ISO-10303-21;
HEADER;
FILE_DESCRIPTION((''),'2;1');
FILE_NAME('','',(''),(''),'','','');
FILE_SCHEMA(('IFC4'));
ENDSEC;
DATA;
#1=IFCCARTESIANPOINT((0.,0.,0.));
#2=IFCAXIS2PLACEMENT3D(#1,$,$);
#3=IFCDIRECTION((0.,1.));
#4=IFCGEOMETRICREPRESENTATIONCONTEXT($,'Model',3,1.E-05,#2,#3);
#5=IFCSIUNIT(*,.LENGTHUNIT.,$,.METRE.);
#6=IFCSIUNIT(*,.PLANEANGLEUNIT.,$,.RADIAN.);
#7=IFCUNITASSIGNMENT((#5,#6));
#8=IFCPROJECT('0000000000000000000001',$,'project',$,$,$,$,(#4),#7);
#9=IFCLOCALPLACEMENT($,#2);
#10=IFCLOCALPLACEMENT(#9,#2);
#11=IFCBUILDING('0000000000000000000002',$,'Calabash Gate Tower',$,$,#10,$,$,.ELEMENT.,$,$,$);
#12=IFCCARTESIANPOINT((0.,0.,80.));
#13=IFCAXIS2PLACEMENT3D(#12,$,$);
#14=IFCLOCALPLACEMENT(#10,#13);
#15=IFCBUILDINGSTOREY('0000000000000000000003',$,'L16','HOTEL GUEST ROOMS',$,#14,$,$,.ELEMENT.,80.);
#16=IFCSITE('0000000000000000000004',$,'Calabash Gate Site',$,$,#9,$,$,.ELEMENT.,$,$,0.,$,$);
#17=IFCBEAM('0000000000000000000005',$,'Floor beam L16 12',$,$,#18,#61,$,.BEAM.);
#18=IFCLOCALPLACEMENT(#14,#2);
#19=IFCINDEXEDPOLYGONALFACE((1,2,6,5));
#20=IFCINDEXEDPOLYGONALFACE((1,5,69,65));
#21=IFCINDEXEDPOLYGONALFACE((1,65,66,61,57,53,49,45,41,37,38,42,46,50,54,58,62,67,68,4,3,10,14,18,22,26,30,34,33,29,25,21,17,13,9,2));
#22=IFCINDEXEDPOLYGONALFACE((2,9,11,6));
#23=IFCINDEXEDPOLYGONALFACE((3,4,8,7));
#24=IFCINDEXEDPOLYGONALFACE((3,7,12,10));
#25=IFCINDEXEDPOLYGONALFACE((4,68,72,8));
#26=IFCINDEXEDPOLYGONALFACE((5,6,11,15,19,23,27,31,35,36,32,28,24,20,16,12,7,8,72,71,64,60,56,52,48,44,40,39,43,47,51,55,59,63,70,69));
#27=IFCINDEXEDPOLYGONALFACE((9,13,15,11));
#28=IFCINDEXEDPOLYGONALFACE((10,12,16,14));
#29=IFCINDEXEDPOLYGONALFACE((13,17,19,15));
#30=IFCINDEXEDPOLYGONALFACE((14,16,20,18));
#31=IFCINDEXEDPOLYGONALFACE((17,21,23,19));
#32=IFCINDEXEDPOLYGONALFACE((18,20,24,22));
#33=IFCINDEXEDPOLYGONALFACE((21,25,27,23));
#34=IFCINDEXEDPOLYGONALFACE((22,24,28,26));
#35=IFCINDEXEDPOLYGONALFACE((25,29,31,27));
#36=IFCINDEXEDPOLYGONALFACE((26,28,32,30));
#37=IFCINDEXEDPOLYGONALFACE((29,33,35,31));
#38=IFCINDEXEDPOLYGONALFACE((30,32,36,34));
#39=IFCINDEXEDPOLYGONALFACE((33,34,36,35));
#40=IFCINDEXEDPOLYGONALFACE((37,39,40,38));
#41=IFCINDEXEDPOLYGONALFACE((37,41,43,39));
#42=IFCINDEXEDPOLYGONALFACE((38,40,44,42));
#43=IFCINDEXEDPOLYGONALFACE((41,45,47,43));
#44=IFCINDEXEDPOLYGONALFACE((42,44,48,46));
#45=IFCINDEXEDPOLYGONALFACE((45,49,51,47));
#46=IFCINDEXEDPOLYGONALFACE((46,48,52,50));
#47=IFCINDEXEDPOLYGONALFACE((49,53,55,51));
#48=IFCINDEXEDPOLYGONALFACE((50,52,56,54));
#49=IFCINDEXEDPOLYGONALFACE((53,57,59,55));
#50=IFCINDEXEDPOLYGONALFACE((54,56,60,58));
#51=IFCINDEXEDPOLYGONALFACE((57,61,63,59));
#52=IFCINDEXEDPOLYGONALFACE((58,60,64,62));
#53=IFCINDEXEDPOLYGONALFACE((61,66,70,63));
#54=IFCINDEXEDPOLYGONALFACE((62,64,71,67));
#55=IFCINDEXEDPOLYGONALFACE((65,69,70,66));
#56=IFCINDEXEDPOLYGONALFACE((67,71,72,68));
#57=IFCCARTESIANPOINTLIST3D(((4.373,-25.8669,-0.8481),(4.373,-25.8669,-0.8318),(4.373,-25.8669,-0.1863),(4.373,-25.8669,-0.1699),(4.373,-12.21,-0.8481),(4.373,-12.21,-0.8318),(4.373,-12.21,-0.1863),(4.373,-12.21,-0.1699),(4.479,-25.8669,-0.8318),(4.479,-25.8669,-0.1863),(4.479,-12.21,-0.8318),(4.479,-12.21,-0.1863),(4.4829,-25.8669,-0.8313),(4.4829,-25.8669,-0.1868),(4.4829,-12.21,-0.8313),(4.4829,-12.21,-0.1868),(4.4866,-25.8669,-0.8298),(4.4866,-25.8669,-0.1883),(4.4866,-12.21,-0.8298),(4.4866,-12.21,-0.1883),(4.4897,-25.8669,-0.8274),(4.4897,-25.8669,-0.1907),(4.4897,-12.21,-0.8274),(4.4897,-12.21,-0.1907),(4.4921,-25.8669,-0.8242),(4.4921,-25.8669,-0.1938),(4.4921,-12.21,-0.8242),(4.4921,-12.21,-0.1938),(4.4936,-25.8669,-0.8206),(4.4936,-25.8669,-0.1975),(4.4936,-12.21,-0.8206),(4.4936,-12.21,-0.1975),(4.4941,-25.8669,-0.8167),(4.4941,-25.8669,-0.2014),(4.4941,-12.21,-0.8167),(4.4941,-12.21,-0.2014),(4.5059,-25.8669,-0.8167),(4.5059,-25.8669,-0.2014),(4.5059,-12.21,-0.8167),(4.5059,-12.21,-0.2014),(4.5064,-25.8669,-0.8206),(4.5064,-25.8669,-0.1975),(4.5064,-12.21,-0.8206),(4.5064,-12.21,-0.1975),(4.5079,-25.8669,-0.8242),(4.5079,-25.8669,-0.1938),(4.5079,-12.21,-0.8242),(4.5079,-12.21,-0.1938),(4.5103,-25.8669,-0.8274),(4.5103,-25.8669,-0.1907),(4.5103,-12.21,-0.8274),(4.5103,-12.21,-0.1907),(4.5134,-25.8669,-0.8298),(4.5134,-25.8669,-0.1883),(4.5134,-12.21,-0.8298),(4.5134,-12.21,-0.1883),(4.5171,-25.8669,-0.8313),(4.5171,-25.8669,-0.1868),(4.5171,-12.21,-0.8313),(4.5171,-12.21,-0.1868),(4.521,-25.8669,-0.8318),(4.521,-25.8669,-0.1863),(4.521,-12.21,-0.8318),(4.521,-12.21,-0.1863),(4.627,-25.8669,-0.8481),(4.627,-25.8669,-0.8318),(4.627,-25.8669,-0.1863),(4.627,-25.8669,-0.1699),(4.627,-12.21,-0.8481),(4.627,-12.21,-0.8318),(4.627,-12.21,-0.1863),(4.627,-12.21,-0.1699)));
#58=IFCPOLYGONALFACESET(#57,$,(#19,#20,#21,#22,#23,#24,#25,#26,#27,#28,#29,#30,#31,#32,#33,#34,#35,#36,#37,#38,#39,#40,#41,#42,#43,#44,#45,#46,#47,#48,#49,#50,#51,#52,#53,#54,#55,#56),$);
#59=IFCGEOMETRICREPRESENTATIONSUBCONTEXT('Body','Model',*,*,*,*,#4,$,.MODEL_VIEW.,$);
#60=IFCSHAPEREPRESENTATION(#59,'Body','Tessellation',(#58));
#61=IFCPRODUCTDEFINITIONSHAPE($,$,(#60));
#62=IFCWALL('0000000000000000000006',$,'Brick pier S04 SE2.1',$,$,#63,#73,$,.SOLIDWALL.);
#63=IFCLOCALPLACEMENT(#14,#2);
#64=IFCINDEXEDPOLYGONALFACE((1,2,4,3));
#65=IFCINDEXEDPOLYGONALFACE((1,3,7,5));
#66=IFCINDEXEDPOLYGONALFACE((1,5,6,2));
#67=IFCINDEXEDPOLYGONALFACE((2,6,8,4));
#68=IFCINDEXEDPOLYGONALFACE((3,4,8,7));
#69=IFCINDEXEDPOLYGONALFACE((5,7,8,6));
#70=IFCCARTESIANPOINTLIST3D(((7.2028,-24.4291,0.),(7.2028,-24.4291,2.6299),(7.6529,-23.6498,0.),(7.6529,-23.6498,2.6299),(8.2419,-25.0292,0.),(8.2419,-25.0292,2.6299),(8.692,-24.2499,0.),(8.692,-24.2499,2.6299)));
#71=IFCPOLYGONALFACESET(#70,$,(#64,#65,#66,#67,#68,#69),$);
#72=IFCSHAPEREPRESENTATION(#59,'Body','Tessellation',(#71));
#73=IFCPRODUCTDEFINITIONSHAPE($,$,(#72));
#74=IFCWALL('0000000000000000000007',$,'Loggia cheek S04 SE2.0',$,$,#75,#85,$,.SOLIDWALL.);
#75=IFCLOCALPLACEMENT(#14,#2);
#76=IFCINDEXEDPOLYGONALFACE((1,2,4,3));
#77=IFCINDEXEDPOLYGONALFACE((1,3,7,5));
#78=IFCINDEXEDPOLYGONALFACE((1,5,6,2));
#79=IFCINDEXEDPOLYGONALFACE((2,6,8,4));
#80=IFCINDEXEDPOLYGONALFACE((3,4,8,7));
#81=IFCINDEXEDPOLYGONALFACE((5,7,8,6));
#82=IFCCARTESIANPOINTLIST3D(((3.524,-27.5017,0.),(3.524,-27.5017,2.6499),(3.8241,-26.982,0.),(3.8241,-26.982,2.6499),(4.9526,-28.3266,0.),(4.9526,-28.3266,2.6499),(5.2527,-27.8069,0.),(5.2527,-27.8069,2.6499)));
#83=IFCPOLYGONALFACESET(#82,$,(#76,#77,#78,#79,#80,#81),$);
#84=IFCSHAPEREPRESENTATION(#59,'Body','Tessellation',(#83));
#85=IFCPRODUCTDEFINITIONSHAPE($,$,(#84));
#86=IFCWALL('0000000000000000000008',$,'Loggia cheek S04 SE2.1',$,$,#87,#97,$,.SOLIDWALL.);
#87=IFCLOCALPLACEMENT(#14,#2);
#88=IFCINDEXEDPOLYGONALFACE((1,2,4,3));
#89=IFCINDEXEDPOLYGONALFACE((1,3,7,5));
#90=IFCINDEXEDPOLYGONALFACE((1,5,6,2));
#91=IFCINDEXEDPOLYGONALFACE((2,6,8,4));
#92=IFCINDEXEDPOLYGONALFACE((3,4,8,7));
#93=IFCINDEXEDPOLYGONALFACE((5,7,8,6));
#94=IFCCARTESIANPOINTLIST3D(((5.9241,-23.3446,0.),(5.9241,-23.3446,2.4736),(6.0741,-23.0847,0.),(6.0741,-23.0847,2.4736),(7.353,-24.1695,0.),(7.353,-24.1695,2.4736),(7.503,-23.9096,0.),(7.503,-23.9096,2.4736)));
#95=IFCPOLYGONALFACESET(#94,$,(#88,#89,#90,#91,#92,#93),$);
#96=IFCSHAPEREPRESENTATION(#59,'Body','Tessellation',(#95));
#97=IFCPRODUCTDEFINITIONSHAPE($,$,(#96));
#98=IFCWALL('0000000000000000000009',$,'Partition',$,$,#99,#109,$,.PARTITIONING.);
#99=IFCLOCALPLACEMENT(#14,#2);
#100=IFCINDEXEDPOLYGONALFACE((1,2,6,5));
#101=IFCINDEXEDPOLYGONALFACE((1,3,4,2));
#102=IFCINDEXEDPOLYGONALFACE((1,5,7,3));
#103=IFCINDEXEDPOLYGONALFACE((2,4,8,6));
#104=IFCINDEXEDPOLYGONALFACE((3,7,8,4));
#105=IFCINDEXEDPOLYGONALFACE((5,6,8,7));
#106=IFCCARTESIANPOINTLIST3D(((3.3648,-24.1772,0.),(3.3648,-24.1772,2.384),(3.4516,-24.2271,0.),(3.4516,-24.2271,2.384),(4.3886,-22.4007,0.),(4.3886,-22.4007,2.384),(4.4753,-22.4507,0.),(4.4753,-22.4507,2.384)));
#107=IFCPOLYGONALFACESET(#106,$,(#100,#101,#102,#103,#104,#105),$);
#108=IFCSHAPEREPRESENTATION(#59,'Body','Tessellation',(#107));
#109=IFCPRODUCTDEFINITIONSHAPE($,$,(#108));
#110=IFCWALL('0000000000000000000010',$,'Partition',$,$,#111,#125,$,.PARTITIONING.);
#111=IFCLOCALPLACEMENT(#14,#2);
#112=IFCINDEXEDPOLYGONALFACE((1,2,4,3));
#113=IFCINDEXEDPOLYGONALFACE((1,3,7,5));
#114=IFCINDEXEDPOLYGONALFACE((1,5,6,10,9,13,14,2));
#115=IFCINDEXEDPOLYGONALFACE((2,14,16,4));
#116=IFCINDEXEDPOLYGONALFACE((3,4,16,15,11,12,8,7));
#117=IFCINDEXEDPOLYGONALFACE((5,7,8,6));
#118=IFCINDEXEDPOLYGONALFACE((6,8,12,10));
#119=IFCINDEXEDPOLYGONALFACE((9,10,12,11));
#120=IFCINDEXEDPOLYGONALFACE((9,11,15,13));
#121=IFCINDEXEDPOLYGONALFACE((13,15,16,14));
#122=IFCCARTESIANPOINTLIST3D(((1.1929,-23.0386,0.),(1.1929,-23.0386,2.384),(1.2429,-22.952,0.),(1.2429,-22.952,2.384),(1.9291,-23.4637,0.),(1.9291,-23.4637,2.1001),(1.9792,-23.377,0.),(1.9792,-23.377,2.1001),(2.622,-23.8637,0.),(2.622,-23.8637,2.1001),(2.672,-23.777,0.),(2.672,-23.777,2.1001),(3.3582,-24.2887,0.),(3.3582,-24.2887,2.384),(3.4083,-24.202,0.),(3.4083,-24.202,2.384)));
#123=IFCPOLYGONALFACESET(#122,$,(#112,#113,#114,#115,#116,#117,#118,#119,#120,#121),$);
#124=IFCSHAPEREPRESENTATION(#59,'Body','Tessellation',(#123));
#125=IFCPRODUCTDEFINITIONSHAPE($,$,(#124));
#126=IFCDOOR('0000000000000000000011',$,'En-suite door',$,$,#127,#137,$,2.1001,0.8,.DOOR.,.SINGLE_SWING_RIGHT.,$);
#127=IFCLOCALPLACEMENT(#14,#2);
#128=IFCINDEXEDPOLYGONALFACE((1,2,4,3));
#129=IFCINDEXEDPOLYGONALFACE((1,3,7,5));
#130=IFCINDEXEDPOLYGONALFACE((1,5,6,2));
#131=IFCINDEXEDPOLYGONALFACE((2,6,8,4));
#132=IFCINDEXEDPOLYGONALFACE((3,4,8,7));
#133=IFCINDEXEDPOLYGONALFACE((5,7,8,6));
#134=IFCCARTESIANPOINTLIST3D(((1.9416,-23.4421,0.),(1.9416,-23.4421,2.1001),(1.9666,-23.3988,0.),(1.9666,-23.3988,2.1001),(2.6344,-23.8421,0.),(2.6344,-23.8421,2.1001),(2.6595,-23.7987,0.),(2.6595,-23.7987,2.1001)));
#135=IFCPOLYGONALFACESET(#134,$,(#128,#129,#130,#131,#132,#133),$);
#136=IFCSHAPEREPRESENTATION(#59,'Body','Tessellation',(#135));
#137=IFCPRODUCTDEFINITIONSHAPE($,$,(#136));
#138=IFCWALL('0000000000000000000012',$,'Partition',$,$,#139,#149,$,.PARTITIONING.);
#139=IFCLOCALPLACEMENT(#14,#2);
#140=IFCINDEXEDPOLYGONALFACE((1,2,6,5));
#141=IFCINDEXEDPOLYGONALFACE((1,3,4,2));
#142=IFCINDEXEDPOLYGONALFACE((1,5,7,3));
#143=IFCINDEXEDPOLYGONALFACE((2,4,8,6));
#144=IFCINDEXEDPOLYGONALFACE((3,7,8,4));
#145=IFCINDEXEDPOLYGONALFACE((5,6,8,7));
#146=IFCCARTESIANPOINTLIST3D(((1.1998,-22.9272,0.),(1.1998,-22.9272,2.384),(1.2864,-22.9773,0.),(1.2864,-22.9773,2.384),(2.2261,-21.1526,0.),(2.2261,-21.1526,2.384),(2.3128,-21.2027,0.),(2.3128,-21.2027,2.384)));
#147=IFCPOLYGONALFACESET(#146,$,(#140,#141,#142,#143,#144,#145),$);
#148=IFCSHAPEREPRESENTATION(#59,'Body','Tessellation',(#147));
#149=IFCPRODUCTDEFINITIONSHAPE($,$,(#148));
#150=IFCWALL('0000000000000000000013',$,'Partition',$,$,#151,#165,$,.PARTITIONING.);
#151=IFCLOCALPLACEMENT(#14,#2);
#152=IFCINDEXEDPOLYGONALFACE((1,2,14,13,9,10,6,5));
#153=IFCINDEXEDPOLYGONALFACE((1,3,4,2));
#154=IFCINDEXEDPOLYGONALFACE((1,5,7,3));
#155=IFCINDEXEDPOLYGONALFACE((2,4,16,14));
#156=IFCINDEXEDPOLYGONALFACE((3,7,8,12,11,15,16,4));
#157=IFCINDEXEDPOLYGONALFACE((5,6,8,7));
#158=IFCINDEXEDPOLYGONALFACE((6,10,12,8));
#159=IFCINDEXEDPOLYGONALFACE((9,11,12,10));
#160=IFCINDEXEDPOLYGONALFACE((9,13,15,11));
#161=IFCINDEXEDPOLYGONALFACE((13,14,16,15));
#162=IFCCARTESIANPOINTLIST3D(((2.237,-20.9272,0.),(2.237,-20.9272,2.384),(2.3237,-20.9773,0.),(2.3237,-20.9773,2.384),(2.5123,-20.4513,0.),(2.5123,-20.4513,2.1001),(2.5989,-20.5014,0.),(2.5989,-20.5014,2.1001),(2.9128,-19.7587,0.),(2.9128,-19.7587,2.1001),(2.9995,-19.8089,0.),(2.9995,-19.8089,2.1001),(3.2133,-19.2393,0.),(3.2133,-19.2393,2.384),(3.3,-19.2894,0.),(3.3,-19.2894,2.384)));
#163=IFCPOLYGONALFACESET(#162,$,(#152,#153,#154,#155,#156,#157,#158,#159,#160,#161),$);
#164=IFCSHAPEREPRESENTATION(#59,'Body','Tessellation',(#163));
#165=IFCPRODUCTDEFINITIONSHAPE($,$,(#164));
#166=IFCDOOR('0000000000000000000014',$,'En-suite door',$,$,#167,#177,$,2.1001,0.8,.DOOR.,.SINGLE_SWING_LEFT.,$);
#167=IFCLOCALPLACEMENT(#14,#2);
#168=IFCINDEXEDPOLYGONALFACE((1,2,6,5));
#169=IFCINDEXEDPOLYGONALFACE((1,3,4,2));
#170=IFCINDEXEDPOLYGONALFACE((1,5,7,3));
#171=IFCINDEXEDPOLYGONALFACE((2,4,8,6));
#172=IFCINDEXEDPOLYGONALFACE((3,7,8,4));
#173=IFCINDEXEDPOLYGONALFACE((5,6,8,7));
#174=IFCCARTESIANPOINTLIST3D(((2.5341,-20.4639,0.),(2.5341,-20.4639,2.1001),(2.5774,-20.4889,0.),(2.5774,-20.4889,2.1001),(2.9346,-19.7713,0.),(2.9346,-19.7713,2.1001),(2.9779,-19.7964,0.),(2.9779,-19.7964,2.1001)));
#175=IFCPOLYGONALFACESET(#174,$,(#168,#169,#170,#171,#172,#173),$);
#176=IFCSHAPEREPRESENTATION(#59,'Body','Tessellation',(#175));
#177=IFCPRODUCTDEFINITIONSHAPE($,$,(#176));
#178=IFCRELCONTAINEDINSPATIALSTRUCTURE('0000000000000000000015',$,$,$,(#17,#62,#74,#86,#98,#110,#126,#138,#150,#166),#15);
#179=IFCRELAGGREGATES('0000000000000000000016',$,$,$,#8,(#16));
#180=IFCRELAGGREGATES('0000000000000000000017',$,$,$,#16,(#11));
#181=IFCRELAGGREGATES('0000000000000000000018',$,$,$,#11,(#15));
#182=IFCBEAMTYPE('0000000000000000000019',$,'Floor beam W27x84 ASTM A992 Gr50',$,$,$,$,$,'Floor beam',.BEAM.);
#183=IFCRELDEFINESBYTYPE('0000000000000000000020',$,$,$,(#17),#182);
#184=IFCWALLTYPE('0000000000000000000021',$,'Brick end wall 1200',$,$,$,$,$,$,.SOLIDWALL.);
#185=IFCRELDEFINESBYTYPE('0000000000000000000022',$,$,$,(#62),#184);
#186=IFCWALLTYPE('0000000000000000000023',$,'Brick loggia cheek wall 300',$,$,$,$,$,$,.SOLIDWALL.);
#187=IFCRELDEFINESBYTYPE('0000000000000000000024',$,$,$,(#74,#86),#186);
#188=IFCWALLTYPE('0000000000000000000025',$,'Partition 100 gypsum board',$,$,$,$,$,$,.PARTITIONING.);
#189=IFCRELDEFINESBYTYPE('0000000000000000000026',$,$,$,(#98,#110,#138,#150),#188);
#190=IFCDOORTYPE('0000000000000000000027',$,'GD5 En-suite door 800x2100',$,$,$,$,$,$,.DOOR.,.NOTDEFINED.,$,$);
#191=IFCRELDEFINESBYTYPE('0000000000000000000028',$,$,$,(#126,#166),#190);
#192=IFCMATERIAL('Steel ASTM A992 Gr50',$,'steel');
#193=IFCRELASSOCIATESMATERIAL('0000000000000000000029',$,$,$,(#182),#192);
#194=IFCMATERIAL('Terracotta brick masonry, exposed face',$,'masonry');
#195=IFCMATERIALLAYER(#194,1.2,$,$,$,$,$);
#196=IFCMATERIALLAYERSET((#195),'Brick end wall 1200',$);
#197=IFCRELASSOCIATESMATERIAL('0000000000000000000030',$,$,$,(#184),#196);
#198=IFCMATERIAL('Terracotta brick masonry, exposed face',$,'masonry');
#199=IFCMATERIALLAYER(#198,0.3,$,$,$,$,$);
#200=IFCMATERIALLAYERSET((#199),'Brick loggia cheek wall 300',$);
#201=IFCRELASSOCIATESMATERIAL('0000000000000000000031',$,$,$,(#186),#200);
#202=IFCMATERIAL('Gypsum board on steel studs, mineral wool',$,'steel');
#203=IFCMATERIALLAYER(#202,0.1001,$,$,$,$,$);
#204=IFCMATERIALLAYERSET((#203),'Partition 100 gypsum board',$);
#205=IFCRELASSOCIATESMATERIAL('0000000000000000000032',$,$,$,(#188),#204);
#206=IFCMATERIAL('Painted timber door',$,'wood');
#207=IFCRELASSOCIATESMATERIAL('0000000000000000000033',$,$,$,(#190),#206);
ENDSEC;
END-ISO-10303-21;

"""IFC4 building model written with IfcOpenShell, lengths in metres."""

from ifc_helpers import new_model, si_unit, direction, frame, frame_2d, origin, origin_2d, place, context, subcontext, project, spatial, rectangle, i_section, extrude, material, layer, layer_set, material_profile, profile_set, type_object, element, fill, save


model = new_model("IFC4")

# Units and contexts
model_context = context("Model", 3, precision=1e-05, world=origin(), true_north=direction((0.0, 1.0)))
body_context = subcontext(model_context, "Body", "Model", "MODEL_VIEW")
ifc_project = project(units=[si_unit("LENGTHUNIT", "METRE"), si_unit("PLANEANGLEUNIT", "RADIAN")], contexts=[model_context])

# Site, building, storey
site_placement = place(None, origin())
site = spatial("IfcSite", under=ifc_project, at=site_placement, Name="Calabash Gate Site", CompositionType="ELEMENT", RefElevation=0.0)
building_placement = place(site_placement, origin())
building = spatial("IfcBuilding", under=site, at=building_placement, Name="Calabash Gate Tower", CompositionType="ELEMENT")
storey_placement = place(building_placement, frame((0.0, 0.0, 80.0)))
storey = spatial("IfcBuildingStorey", under=building, at=storey_placement, Name="L16", Description="HOTEL GUEST ROOMS", CompositionType="ELEMENT", Elevation=80.0)

# Beam
ifc_material_1 = material(Name="Steel ASTM A992 Gr50", Category="steel")
ifc_material_profile_1 = material_profile(ifc_material_1, i_section(OverallWidth=0.2539, OverallDepth=0.6782, WebThickness=0.0117, FlangeThickness=0.0164, FilletRadius=0.0151, at=origin_2d()))
ifc_profile_set_1 = profile_set([ifc_material_profile_1], Name="Steel ASTM A992 Gr50")
beam_type_1 = type_object("IfcBeamType", Name="Floor beam W27x84 ASTM A992 Gr50", ElementType="Floor beam", PredefinedType="BEAM", material=ifc_profile_set_1)
beam_1_placement = place(storey_placement, frame((4.5, -25.8669, -0.509), z_axis=(0.0, 1.0, 0.0), x_axis=(-1.0, 0.0, 0.0)))
element("IfcBeam", 1, at=beam_1_placement, inside=storey, type_object=beam_type_1, Name="Floor beam L16 12", PredefinedType="BEAM", context=body_context, shape_type="SweptSolid", body=[
    extrude(i_section(OverallWidth=0.2539, OverallDepth=0.6782, WebThickness=0.0117, FlangeThickness=0.0164, FilletRadius=0.0151, at=origin_2d()), origin(), (0.0, 0.0, 1.0), 13.657),
])

# Walls
ifc_material_2 = material(Name="Terracotta brick masonry, exposed face", Category="masonry")
ifc_layer_1 = layer(ifc_material_2, 1.2)
ifc_layer_set_1 = layer_set([ifc_layer_1], Name="Brick end wall 1200")
wall_type_1 = type_object("IfcWallType", Name="Brick end wall 1200", PredefinedType="SOLIDWALL", material=ifc_layer_set_1)
wall_1_placement = place(storey_placement, frame((8.467, -24.6396, 0.0), z_axis=(0.0, 0.0, 1.0), x_axis=(-0.865955, 0.500122, 0.0)))
element("IfcWall", 2, at=wall_1_placement, inside=storey, type_object=wall_type_1, Name="Brick pier S04 SE2.1", PredefinedType="SOLIDWALL", context=body_context, shape_type="SweptSolid", body=[
    extrude(rectangle(XDim=1.2, YDim=0.8999, at=frame_2d((0.6001, 0.0))), origin(), (0.0, 0.0, 1.0), 2.6299),
])
ifc_material_3 = material(Name="Terracotta brick masonry, exposed face", Category="masonry")
ifc_layer_2 = layer(ifc_material_3, 0.3)
ifc_layer_set_2 = layer_set([ifc_layer_2], Name="Brick loggia cheek wall 300")
wall_type_2 = type_object("IfcWallType", Name="Brick loggia cheek wall 300", PredefinedType="SOLIDWALL", material=ifc_layer_set_2)
wall_2_placement = place(storey_placement, frame((5.1025, -28.0667, 0.0), z_axis=(0.0, 0.0, 1.0), x_axis=(-0.866003, 0.500038, 0.0)))
element("IfcWall", 3, at=wall_2_placement, inside=storey, type_object=wall_type_2, Name="Loggia cheek S04 SE2.0", PredefinedType="SOLIDWALL", context=body_context, shape_type="SweptSolid", body=[
    extrude(rectangle(XDim=1.6497, YDim=0.6001, at=frame_2d((0.8247, 0.0))), origin(), (0.0, 0.0, 1.0), 2.6499),
])
wall_3_placement = place(storey_placement, frame((7.428, -24.0396, 0.0), z_axis=(0.0, 0.0, 1.0), x_axis=(-0.86604, 0.499974, 0.0)))
element("IfcWall", 4, at=wall_3_placement, inside=storey, type_object=wall_type_2, Name="Loggia cheek S04 SE2.1", PredefinedType="SOLIDWALL", context=body_context, shape_type="SweptSolid", body=[
    extrude(rectangle(XDim=1.6499, YDim=0.3, at=frame_2d((0.825, 0.0))), origin(), (0.0, 0.0, 1.0), 2.4736),
])
ifc_material_4 = material(Name="Gypsum board on steel studs, mineral wool", Category="steel")
ifc_layer_3 = layer(ifc_material_4, 0.1001)
ifc_layer_set_3 = layer_set([ifc_layer_3], Name="Partition 100 gypsum board")
wall_type_3 = type_object("IfcWallType", Name="Partition 100 gypsum board", PredefinedType="PARTITIONING", material=ifc_layer_set_3)
wall_4_placement = place(storey_placement, frame((3.4082, -24.2021, 0.0), z_axis=(0.0, 0.0, 1.0), x_axis=(0.499303, 0.866427, 0.0)))
element("IfcWall", 5, at=wall_4_placement, inside=storey, type_object=wall_type_3, Name="Partition", PredefinedType="PARTITIONING", context=body_context, shape_type="SweptSolid", body=[
    extrude(rectangle(XDim=2.0503, YDim=0.1001, at=frame_2d((1.0251, 0.0))), origin(), (0.0, 0.0, 1.0), 2.384),
])

# Wall, opening, door
wall_5_placement = place(storey_placement, frame((1.218, -22.9954, 0.0), z_axis=(0.0, 0.0, 1.0), x_axis=(0.866047, -0.499962, 0.0)))
wall_5 = element("IfcWall", 6, at=wall_5_placement, inside=storey, type_object=wall_type_3, Name="Partition", PredefinedType="PARTITIONING", context=body_context, shape_type="SweptSolid", body=[
    extrude(rectangle(XDim=2.5002, YDim=0.1001, at=frame_2d((1.25, 0.0))), origin(), (0.0, 0.0, 1.0), 2.384),
])
opening_1_placement = place(wall_5_placement, frame((0.8501, 0.0, 0.0)))
opening_1 = element("IfcOpeningElement", 7, at=opening_1_placement, cuts=wall_5, PredefinedType="OPENING", context=body_context, shape_type="SweptSolid", body=[
    extrude(rectangle(XDim=0.8, YDim=2.1001, at=frame_2d((0.3999, 1.05))), frame((0.0, 0.0601, 0.0), z_axis=(0.0, -1.0, 0.0), x_axis=(1.0, 0.0, 0.0)), (0.0, 0.0, 1.0), 0.1201),
])
ifc_material_5 = material(Name="Painted timber door", Category="wood")
door_type_1 = type_object("IfcDoorType", Name="GD5 En-suite door 800x2100", OperationType="NOTDEFINED", PredefinedType="DOOR", material=ifc_material_5)
door_1_placement = place(opening_1_placement, origin())
door_1 = element("IfcDoor", 8, at=door_1_placement, inside=storey, type_object=door_type_1, Name="En-suite door", OperationType="SINGLE_SWING_RIGHT", OverallHeight=2.1001, OverallWidth=0.8, PredefinedType="DOOR", context=body_context, shape_type="SweptSolid", body=[
    extrude(rectangle(XDim=0.8, YDim=2.1001, at=frame_2d((0.3999, 1.05))), frame((0.0, 0.0249, 0.0), z_axis=(0.0, -1.0, 0.0), x_axis=(1.0, 0.0, 0.0)), (0.0, 0.0, 1.0), 0.05),
])
fill(opening_1, door_1)

# Wall
wall_6_placement = place(storey_placement, frame((1.2432, -22.9521, 0.0), z_axis=(0.0, 0.0, 1.0), x_axis=(0.500647, 0.865652, 0.0)))
element("IfcWall", 9, at=wall_6_placement, inside=storey, type_object=wall_type_3, Name="Partition", PredefinedType="PARTITIONING", context=body_context, shape_type="SweptSolid", body=[
    extrude(rectangle(XDim=2.05, YDim=0.1001, at=frame_2d((1.0249, 0.0))), origin(), (0.0, 0.0, 1.0), 2.384),
])

# Wall, opening, door
wall_7_placement = place(storey_placement, frame((2.2803, -20.9524, 0.0), z_axis=(0.0, 0.0, 1.0), x_axis=(0.500676, 0.865635, 0.0)))
wall_7 = element("IfcWall", 10, at=wall_7_placement, inside=storey, type_object=wall_type_3, Name="Partition", PredefinedType="PARTITIONING", context=body_context, shape_type="SweptSolid", body=[
    extrude(rectangle(XDim=1.95, YDim=0.1001, at=frame_2d((0.9751, 0.0))), origin(), (0.0, 0.0, 1.0), 2.384),
])
opening_2_placement = place(wall_7_placement, frame((0.55, 0.0, 0.0)))
opening_2 = element("IfcOpeningElement", 11, at=opening_2_placement, cuts=wall_7, PredefinedType="OPENING", context=body_context, shape_type="SweptSolid", body=[
    extrude(rectangle(XDim=0.8, YDim=2.1001, at=frame_2d((0.3999, 1.05))), frame((0.0, 0.0601, 0.0), z_axis=(0.0, -1.0, 0.0), x_axis=(1.0, 0.0, 0.0)), (0.0, 0.0, 1.0), 0.1201),
])
door_2_placement = place(opening_2_placement, origin())
door_2 = element("IfcDoor", 12, at=door_2_placement, inside=storey, type_object=door_type_1, Name="En-suite door", OperationType="SINGLE_SWING_LEFT", OverallHeight=2.1001, OverallWidth=0.8, PredefinedType="DOOR", context=body_context, shape_type="SweptSolid", body=[
    extrude(rectangle(XDim=0.8, YDim=2.1001, at=frame_2d((0.3999, 1.05))), frame((0.0, 0.0249, 0.0), z_axis=(0.0, -1.0, 0.0), x_axis=(1.0, 0.0, 0.0)), (0.0, 0.0, 1.0), 0.05),
])
fill(opening_2, door_2)

save(model, "model.ifc")
